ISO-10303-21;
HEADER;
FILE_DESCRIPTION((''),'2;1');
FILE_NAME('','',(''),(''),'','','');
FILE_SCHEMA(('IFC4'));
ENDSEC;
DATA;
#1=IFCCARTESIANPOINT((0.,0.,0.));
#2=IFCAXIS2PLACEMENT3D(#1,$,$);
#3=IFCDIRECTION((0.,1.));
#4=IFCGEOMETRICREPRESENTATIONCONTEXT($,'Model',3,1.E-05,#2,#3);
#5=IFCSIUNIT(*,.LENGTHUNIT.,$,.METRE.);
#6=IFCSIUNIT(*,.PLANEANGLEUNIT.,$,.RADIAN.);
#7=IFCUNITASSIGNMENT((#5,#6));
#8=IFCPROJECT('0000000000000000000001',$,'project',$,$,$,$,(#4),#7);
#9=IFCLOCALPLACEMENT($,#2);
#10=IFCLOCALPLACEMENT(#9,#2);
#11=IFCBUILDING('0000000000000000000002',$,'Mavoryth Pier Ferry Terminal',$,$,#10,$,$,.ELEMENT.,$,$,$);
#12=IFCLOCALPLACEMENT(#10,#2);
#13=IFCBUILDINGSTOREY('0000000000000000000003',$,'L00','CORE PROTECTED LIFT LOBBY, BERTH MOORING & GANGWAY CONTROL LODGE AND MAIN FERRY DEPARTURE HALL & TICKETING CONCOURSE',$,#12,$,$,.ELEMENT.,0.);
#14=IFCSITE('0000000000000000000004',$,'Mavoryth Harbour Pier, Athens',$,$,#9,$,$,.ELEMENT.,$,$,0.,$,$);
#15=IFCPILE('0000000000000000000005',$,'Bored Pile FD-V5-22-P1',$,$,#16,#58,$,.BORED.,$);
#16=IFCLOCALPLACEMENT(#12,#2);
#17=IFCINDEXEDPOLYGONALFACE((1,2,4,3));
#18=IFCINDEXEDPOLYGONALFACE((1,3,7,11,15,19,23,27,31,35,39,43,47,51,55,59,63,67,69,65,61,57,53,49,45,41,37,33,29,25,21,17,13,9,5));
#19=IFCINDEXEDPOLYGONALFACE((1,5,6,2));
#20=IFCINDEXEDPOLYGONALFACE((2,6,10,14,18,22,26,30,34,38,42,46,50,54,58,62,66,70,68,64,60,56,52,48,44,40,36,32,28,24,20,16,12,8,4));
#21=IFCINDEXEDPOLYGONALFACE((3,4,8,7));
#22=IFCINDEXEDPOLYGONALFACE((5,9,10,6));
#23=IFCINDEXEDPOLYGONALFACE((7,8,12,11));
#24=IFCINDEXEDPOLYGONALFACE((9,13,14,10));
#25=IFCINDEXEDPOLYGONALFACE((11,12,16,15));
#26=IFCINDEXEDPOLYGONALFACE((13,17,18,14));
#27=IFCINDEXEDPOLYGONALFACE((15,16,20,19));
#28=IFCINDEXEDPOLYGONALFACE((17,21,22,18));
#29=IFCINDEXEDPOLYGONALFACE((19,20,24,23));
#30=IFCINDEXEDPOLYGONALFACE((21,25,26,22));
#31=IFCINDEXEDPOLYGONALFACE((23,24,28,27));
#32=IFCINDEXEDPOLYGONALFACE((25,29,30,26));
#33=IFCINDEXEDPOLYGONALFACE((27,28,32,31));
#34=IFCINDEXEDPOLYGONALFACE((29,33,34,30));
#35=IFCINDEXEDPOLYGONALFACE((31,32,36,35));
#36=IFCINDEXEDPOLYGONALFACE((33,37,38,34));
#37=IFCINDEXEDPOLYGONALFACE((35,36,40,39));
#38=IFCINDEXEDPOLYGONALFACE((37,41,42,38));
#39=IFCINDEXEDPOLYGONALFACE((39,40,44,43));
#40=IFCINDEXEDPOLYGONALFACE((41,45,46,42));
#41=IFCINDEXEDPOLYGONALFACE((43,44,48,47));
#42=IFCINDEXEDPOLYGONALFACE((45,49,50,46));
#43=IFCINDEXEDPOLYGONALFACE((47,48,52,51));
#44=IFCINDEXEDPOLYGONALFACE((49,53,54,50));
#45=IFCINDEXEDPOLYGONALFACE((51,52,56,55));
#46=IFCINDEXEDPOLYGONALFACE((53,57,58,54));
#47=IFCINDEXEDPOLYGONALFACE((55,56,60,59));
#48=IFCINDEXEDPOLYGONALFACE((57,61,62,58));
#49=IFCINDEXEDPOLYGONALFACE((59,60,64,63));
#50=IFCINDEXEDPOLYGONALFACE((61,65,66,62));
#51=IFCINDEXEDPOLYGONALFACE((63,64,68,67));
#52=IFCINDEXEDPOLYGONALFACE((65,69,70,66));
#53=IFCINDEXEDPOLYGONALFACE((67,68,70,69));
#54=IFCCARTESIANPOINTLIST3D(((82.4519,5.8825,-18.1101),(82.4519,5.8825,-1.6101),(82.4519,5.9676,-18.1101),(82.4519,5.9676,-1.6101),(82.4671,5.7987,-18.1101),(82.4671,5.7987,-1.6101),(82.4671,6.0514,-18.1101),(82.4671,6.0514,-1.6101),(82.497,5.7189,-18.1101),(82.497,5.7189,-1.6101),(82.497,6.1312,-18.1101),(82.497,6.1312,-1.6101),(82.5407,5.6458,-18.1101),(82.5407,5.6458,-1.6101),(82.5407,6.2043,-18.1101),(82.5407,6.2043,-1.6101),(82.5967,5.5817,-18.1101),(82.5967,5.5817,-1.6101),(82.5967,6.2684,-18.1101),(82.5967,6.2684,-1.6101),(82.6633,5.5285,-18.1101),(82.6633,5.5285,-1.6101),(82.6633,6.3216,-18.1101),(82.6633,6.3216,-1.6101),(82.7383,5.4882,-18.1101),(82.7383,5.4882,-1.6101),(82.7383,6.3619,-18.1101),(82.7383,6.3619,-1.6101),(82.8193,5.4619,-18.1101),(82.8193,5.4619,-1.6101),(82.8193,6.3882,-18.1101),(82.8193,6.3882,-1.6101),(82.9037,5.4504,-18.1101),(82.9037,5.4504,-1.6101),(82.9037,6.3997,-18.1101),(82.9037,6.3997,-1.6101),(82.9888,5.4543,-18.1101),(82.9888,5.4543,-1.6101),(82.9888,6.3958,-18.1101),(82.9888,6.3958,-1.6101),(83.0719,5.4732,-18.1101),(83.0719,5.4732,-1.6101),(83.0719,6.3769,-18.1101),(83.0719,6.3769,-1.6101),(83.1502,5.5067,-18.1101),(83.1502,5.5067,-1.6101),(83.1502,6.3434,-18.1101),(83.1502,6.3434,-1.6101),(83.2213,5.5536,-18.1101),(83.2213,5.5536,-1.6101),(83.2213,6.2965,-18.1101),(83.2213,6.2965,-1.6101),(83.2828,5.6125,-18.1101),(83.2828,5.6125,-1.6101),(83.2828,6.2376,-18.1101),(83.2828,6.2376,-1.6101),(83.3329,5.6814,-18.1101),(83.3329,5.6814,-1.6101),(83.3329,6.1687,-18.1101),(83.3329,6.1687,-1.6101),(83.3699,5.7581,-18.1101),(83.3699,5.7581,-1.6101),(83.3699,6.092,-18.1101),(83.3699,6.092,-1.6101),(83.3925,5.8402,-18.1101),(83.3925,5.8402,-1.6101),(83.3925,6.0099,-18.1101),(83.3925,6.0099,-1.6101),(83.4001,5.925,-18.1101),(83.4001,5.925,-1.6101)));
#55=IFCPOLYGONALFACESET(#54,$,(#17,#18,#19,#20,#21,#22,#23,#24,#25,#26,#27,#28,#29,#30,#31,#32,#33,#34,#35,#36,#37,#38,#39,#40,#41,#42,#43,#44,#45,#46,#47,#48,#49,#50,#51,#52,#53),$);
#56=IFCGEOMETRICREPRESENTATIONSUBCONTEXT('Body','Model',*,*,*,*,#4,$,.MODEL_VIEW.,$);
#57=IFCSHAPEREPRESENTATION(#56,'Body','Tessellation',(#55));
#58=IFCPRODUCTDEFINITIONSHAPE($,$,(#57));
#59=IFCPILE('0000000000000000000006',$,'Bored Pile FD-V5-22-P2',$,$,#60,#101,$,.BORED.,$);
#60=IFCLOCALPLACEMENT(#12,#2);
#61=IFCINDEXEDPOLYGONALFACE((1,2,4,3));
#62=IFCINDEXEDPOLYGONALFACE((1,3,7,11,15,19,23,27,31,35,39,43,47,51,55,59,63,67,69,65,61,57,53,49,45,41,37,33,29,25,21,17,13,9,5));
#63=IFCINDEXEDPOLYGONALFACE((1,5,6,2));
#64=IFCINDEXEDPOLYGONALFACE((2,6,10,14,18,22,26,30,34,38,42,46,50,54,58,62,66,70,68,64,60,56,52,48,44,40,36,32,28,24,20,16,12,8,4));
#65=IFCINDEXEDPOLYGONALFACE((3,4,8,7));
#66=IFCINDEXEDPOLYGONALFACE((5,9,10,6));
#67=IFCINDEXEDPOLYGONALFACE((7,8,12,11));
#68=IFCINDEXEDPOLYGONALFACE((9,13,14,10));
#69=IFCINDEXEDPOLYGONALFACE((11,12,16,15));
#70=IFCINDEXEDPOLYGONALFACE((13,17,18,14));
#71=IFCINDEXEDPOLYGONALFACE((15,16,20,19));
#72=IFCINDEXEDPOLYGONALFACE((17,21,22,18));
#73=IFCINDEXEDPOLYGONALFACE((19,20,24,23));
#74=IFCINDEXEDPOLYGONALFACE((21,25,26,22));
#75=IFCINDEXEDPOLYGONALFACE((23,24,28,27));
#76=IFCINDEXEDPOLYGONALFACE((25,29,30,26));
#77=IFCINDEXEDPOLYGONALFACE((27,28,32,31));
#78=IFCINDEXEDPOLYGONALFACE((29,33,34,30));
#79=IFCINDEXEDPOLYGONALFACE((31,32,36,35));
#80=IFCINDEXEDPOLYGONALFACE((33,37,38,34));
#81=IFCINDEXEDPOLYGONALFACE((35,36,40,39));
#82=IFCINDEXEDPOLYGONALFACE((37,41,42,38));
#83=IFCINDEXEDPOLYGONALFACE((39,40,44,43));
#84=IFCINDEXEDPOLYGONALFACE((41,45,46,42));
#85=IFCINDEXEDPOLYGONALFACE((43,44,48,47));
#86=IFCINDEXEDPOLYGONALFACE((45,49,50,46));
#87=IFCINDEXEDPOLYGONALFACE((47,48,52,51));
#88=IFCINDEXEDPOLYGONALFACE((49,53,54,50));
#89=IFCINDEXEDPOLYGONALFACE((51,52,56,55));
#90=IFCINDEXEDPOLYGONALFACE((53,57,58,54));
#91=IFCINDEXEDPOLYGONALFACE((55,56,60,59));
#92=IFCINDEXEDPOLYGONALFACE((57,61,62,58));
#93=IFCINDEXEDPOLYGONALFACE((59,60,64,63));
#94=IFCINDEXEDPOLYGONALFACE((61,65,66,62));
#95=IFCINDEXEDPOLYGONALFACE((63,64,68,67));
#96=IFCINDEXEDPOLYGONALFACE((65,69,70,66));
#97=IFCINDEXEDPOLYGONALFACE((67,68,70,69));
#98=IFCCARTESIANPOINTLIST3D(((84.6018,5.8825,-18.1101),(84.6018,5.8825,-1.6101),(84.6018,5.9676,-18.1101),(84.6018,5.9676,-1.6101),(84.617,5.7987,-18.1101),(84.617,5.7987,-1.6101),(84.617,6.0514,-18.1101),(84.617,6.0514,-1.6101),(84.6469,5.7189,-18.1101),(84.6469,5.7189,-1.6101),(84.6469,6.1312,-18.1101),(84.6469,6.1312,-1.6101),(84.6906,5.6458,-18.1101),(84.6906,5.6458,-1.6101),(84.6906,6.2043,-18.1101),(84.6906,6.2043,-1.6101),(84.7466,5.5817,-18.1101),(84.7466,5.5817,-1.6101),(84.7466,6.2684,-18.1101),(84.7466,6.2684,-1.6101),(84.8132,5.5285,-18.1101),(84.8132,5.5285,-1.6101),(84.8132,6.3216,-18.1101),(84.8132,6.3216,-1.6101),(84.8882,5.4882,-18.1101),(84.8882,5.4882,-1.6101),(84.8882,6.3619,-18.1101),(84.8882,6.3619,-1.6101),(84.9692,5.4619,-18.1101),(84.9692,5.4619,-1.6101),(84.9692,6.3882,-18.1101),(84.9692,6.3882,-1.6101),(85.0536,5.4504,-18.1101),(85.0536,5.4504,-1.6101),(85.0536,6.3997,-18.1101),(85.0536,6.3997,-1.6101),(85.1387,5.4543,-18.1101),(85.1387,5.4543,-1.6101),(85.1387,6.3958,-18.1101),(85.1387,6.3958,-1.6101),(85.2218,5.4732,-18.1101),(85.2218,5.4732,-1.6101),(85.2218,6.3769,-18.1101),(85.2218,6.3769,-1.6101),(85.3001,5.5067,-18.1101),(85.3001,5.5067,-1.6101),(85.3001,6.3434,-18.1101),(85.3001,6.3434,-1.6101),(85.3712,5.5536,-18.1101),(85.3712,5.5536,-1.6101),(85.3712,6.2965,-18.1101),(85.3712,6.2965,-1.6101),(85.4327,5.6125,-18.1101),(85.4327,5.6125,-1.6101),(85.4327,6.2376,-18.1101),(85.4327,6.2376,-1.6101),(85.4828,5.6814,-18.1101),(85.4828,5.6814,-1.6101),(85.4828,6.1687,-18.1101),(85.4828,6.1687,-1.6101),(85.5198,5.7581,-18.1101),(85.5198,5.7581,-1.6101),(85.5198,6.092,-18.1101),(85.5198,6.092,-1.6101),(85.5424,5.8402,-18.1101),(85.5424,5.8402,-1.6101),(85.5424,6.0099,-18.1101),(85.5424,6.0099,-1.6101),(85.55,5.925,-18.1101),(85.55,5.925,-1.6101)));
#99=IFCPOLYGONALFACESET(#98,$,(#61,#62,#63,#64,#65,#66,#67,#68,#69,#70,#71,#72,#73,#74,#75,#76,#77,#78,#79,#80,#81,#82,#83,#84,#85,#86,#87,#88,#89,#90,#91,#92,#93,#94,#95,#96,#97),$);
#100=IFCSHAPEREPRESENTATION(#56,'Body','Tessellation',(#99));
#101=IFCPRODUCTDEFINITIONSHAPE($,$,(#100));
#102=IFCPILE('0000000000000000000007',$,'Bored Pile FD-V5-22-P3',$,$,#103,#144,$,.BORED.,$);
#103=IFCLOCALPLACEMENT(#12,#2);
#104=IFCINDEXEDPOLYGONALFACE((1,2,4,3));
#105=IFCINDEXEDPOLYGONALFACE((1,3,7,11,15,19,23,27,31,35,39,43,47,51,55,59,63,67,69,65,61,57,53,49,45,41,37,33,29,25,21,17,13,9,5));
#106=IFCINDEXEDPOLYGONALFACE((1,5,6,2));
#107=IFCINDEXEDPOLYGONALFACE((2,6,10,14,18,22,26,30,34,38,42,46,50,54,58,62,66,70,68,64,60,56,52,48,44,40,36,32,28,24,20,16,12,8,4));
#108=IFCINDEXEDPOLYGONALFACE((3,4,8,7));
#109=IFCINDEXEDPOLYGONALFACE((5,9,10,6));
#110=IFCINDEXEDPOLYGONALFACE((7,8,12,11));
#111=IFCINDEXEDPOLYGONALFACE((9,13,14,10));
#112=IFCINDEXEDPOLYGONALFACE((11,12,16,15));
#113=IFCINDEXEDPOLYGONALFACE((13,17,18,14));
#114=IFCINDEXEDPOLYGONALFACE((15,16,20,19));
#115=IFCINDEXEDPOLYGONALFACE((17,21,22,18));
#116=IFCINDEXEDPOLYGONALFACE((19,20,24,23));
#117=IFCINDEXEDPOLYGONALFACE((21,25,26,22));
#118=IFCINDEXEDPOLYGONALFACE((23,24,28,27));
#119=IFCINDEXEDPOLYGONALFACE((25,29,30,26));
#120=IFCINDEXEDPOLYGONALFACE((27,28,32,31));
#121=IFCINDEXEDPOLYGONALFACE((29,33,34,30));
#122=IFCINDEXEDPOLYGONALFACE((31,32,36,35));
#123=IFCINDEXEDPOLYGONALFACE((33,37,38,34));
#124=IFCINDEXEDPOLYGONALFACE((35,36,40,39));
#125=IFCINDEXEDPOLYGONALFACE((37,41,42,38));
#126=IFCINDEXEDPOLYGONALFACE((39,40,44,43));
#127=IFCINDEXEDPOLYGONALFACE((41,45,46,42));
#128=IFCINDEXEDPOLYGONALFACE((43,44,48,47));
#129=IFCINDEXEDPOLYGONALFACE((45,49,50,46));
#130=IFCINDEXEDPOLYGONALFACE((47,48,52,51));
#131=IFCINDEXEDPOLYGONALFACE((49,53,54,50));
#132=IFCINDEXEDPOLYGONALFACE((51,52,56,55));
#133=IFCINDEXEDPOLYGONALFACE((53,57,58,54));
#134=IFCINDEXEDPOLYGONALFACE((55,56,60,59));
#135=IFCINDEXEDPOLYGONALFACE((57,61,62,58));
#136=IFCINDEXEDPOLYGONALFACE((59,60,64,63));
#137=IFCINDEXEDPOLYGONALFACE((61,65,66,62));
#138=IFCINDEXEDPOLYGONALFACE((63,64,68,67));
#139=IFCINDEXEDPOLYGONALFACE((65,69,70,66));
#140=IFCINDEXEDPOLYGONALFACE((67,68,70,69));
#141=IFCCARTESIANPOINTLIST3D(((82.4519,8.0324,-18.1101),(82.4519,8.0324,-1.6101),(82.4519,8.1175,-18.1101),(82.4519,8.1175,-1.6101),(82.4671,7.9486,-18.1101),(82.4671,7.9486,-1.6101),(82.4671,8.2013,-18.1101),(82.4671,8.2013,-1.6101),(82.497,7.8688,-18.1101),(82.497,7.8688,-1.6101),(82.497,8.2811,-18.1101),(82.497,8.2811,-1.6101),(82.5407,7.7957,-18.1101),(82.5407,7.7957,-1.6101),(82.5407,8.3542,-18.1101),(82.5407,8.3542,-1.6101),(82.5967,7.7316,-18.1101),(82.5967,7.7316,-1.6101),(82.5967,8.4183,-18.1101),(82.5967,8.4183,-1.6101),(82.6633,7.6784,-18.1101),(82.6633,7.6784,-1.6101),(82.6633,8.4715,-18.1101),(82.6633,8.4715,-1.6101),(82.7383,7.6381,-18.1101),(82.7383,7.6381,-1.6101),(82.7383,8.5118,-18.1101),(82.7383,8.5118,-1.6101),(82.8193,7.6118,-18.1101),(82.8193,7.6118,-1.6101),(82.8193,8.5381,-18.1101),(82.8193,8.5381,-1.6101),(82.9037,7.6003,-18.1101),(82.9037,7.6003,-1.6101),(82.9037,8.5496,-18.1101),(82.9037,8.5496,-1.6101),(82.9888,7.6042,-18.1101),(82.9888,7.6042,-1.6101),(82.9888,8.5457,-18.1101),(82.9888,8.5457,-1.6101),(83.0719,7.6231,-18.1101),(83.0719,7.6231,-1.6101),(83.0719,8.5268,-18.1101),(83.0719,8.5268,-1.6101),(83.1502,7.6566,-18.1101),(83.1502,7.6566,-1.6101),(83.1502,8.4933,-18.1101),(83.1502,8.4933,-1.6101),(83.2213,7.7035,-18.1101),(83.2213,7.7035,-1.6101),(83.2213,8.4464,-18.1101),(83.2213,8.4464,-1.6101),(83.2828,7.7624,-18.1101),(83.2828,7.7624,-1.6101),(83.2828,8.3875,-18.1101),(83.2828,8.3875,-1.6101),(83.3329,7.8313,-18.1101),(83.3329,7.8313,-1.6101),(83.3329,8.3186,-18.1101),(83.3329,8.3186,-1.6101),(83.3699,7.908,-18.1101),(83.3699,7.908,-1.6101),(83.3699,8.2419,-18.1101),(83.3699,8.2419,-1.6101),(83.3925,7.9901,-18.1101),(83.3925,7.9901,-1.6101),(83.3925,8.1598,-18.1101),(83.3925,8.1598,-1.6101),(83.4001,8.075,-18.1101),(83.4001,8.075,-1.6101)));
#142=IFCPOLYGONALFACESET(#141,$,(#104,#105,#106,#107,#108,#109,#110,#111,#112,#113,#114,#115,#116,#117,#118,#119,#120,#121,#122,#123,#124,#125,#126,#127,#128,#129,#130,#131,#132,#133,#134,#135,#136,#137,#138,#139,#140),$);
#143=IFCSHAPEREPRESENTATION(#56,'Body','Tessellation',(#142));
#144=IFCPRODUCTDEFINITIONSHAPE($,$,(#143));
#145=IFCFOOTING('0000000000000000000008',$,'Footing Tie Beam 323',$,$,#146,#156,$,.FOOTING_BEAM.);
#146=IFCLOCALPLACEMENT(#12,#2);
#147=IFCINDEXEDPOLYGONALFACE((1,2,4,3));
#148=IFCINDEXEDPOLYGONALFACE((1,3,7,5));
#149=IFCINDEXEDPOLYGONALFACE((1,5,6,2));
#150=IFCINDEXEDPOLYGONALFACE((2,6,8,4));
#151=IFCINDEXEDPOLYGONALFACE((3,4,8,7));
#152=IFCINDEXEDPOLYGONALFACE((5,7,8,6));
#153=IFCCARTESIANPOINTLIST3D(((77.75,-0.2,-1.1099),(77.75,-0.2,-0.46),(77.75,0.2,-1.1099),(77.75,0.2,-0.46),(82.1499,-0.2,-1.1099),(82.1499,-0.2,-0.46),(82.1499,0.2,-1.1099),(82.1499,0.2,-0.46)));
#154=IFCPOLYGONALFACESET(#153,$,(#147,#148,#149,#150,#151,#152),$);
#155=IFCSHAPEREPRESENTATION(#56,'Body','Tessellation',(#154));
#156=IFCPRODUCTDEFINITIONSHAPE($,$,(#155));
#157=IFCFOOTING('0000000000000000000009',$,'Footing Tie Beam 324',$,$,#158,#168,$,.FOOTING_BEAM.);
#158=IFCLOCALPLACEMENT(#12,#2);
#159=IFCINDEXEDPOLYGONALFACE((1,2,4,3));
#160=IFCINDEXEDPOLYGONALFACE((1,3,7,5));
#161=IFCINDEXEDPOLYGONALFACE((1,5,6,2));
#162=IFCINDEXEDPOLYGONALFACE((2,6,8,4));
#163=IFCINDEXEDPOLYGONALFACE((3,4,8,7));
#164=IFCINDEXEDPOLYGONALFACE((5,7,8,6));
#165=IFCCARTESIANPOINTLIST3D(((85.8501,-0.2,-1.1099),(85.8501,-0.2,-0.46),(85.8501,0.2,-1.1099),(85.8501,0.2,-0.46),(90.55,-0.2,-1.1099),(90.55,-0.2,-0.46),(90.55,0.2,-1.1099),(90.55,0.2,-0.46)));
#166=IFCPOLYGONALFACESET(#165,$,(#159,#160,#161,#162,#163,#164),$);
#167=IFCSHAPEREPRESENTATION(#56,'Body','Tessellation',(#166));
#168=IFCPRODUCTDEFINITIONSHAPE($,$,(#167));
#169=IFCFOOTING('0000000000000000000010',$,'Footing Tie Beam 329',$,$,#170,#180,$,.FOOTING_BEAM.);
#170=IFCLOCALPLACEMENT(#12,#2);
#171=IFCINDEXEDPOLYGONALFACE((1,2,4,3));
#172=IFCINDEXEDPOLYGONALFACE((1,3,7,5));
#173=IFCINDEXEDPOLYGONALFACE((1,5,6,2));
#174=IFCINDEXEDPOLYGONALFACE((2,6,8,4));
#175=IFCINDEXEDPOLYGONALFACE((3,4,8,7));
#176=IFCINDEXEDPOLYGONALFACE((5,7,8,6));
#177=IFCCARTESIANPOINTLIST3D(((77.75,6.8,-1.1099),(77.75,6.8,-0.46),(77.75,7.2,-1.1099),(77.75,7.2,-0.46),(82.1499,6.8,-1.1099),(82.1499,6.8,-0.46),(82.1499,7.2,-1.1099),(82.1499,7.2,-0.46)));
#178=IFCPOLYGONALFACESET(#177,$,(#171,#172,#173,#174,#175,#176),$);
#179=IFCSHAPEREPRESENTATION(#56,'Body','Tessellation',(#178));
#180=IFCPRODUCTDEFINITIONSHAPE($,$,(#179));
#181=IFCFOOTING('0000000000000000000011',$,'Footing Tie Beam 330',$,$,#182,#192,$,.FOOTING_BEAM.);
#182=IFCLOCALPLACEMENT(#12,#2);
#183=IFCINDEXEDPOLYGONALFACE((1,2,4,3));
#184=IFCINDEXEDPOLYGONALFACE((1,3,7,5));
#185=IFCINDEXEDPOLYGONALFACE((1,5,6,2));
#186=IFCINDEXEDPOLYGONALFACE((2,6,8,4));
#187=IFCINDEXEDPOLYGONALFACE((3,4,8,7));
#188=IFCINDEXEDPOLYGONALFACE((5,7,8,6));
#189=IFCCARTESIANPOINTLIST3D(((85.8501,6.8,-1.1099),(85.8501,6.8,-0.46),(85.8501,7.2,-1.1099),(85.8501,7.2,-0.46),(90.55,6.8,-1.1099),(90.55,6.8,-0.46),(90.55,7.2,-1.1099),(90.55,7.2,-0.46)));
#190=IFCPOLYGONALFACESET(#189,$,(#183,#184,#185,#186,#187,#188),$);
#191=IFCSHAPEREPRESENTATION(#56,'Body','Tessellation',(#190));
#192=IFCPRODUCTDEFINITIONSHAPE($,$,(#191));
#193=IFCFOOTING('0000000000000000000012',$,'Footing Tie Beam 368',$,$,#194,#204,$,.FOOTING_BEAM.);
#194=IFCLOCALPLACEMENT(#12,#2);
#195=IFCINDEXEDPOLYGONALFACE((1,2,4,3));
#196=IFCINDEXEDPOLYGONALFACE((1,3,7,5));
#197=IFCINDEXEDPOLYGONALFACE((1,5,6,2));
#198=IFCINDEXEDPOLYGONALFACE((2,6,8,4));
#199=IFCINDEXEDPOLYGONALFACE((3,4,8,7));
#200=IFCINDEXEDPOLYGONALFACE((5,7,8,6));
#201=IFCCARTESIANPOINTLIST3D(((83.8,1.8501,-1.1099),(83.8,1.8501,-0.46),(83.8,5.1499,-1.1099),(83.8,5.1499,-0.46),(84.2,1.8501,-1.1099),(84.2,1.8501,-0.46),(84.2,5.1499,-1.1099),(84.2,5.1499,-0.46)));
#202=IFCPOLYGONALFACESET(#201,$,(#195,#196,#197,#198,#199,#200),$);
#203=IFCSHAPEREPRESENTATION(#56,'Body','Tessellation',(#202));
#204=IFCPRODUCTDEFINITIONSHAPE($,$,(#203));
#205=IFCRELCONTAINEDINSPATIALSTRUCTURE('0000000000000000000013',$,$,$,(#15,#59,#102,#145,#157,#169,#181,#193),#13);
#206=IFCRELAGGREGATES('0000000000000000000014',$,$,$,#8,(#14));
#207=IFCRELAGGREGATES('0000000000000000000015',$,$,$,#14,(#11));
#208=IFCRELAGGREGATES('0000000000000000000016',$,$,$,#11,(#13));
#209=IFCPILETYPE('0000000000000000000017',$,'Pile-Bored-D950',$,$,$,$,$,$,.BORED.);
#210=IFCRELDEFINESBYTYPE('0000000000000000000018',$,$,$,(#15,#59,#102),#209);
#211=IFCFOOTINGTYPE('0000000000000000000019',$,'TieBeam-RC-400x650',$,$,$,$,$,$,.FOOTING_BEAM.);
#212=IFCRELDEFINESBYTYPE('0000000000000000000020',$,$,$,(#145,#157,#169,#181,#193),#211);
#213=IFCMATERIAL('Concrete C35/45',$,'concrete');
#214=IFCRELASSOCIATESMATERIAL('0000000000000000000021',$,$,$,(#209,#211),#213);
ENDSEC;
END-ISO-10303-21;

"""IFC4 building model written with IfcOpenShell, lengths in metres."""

from ifc_helpers import new_model, si_unit, direction, frame, origin, origin_2d, place, context, subcontext, project, spatial, rectangle, circle, extrude, material, material_profile, profile_set, type_object, element, save


model = new_model("IFC4")

# Units and contexts
model_context = context("Model", 3, precision=1e-05, world=origin(), true_north=direction((0.0, 1.0)))
body_context = subcontext(model_context, "Body", "Model", "MODEL_VIEW")
ifc_project = project(units=[si_unit("LENGTHUNIT", "METRE"), si_unit("PLANEANGLEUNIT", "RADIAN")], contexts=[model_context])

# Site, building, storey
site_placement = place(None, origin())
site = spatial("IfcSite", under=ifc_project, at=site_placement, Name="Mavoryth Harbour Pier, Athens", CompositionType="ELEMENT", RefElevation=0.0)
building_placement = place(site_placement, origin())
building = spatial("IfcBuilding", under=site, at=building_placement, Name="Mavoryth Pier Ferry Terminal", CompositionType="ELEMENT")
storey_placement = place(building_placement, origin())
storey = spatial("IfcBuildingStorey", under=building, at=storey_placement, Name="L00", Description="CORE PROTECTED LIFT LOBBY, BERTH MOORING & GANGWAY CONTROL LODGE AND MAIN FERRY DEPARTURE HALL & TICKETING CONCOURSE", CompositionType="ELEMENT", Elevation=0.0)

# Shared definitions
ifc_material_1 = material(Name="Concrete C35/45", Category="concrete")

# Piles
ifc_material_profile_1 = material_profile(ifc_material_1, circle(Radius=0.4751, at=origin_2d()), Name="PILE D950", Category="concrete")
ifc_profile_set_1 = profile_set([ifc_material_profile_1], Name="Concrete C35/45 - PILE D950")
pile_type_1 = type_object("IfcPileType", Name="Pile-Bored-D950", PredefinedType="BORED", material=ifc_profile_set_1)
for number, where, z_axis, x_axis, name in (
    (1, (82.925, 5.925, -1.6101), (0.0, 0.0, -1.0), (1.0, 0.0, 0.0), "Bored Pile FD-V5-22-P1"),
    (2, (85.075, 5.925, -1.6101), (0.0, 0.0, -1.0), (1.0, 0.0, 0.0), "Bored Pile FD-V5-22-P2"),
    (3, (82.925, 8.075, -1.6101), (0.0, 0.0, -1.0), (1.0, 0.0, 0.0), "Bored Pile FD-V5-22-P3"),
):
    element("IfcPile", number, at=place(storey_placement, frame(where, z_axis=z_axis, x_axis=x_axis)), inside=storey, type_object=pile_type_1, Name=name, PredefinedType="BORED", context=body_context, shape_type="SweptSolid", body=[
        extrude(circle(Radius=0.4751, at=origin_2d()), origin(), (0.0, 0.0, 1.0), 16.5),
    ])

# Footings
ifc_material_profile_2 = material_profile(ifc_material_1, rectangle(XDim=0.3999, YDim=0.6499, at=origin_2d()), Name="RC 400x650", Category="concrete")
ifc_profile_set_2 = profile_set([ifc_material_profile_2], Name="Concrete C35/45 - RC 400x650")
footing_type_1 = type_object("IfcFootingType", Name="TieBeam-RC-400x650", PredefinedType="FOOTING_BEAM", material=ifc_profile_set_2)
footing_1_placement = place(storey_placement, frame((77.75, 0.0, -0.7849), z_axis=(1.0, 0.0, 0.0), x_axis=(0.0, 1.0, 0.0)))
element("IfcFooting", 4, at=footing_1_placement, inside=storey, type_object=footing_type_1, Name="Footing Tie Beam 323", PredefinedType="FOOTING_BEAM", context=body_context, shape_type="SweptSolid", body=[
    extrude(rectangle(XDim=0.3999, YDim=0.6499, at=origin_2d()), origin(), (0.0, 0.0, 1.0), 4.3999),
])
footing_2_placement = place(storey_placement, frame((85.8501, 0.0, -0.7849), z_axis=(1.0, 0.0, 0.0), x_axis=(0.0, 1.0, 0.0)))
element("IfcFooting", 5, at=footing_2_placement, inside=storey, type_object=footing_type_1, Name="Footing Tie Beam 324", PredefinedType="FOOTING_BEAM", context=body_context, shape_type="SweptSolid", body=[
    extrude(rectangle(XDim=0.3999, YDim=0.6499, at=origin_2d()), origin(), (0.0, 0.0, 1.0), 4.7),
])
footing_3_placement = place(storey_placement, frame((77.75, 7.0, -0.7849), z_axis=(1.0, 0.0, 0.0), x_axis=(0.0, 1.0, 0.0)))
element("IfcFooting", 6, at=footing_3_placement, inside=storey, type_object=footing_type_1, Name="Footing Tie Beam 329", PredefinedType="FOOTING_BEAM", context=body_context, shape_type="SweptSolid", body=[
    extrude(rectangle(XDim=0.3999, YDim=0.6499, at=origin_2d()), origin(), (0.0, 0.0, 1.0), 4.3999),
])
footing_4_placement = place(storey_placement, frame((85.8501, 7.0, -0.7849), z_axis=(1.0, 0.0, 0.0), x_axis=(0.0, 1.0, 0.0)))
element("IfcFooting", 7, at=footing_4_placement, inside=storey, type_object=footing_type_1, Name="Footing Tie Beam 330", PredefinedType="FOOTING_BEAM", context=body_context, shape_type="SweptSolid", body=[
    extrude(rectangle(XDim=0.3999, YDim=0.6499, at=origin_2d()), origin(), (0.0, 0.0, 1.0), 4.7),
])
footing_5_placement = place(storey_placement, frame((84.0, 1.8501, -0.7849), z_axis=(0.0, 1.0, 0.0), x_axis=(-1.0, 0.0, 0.0)))
element("IfcFooting", 8, at=footing_5_placement, inside=storey, type_object=footing_type_1, Name="Footing Tie Beam 368", PredefinedType="FOOTING_BEAM", context=body_context, shape_type="SweptSolid", body=[
    extrude(rectangle(XDim=0.3999, YDim=0.6499, at=origin_2d()), origin(), (0.0, 0.0, 1.0), 3.2998),
])

save(model, "model.ifc")
